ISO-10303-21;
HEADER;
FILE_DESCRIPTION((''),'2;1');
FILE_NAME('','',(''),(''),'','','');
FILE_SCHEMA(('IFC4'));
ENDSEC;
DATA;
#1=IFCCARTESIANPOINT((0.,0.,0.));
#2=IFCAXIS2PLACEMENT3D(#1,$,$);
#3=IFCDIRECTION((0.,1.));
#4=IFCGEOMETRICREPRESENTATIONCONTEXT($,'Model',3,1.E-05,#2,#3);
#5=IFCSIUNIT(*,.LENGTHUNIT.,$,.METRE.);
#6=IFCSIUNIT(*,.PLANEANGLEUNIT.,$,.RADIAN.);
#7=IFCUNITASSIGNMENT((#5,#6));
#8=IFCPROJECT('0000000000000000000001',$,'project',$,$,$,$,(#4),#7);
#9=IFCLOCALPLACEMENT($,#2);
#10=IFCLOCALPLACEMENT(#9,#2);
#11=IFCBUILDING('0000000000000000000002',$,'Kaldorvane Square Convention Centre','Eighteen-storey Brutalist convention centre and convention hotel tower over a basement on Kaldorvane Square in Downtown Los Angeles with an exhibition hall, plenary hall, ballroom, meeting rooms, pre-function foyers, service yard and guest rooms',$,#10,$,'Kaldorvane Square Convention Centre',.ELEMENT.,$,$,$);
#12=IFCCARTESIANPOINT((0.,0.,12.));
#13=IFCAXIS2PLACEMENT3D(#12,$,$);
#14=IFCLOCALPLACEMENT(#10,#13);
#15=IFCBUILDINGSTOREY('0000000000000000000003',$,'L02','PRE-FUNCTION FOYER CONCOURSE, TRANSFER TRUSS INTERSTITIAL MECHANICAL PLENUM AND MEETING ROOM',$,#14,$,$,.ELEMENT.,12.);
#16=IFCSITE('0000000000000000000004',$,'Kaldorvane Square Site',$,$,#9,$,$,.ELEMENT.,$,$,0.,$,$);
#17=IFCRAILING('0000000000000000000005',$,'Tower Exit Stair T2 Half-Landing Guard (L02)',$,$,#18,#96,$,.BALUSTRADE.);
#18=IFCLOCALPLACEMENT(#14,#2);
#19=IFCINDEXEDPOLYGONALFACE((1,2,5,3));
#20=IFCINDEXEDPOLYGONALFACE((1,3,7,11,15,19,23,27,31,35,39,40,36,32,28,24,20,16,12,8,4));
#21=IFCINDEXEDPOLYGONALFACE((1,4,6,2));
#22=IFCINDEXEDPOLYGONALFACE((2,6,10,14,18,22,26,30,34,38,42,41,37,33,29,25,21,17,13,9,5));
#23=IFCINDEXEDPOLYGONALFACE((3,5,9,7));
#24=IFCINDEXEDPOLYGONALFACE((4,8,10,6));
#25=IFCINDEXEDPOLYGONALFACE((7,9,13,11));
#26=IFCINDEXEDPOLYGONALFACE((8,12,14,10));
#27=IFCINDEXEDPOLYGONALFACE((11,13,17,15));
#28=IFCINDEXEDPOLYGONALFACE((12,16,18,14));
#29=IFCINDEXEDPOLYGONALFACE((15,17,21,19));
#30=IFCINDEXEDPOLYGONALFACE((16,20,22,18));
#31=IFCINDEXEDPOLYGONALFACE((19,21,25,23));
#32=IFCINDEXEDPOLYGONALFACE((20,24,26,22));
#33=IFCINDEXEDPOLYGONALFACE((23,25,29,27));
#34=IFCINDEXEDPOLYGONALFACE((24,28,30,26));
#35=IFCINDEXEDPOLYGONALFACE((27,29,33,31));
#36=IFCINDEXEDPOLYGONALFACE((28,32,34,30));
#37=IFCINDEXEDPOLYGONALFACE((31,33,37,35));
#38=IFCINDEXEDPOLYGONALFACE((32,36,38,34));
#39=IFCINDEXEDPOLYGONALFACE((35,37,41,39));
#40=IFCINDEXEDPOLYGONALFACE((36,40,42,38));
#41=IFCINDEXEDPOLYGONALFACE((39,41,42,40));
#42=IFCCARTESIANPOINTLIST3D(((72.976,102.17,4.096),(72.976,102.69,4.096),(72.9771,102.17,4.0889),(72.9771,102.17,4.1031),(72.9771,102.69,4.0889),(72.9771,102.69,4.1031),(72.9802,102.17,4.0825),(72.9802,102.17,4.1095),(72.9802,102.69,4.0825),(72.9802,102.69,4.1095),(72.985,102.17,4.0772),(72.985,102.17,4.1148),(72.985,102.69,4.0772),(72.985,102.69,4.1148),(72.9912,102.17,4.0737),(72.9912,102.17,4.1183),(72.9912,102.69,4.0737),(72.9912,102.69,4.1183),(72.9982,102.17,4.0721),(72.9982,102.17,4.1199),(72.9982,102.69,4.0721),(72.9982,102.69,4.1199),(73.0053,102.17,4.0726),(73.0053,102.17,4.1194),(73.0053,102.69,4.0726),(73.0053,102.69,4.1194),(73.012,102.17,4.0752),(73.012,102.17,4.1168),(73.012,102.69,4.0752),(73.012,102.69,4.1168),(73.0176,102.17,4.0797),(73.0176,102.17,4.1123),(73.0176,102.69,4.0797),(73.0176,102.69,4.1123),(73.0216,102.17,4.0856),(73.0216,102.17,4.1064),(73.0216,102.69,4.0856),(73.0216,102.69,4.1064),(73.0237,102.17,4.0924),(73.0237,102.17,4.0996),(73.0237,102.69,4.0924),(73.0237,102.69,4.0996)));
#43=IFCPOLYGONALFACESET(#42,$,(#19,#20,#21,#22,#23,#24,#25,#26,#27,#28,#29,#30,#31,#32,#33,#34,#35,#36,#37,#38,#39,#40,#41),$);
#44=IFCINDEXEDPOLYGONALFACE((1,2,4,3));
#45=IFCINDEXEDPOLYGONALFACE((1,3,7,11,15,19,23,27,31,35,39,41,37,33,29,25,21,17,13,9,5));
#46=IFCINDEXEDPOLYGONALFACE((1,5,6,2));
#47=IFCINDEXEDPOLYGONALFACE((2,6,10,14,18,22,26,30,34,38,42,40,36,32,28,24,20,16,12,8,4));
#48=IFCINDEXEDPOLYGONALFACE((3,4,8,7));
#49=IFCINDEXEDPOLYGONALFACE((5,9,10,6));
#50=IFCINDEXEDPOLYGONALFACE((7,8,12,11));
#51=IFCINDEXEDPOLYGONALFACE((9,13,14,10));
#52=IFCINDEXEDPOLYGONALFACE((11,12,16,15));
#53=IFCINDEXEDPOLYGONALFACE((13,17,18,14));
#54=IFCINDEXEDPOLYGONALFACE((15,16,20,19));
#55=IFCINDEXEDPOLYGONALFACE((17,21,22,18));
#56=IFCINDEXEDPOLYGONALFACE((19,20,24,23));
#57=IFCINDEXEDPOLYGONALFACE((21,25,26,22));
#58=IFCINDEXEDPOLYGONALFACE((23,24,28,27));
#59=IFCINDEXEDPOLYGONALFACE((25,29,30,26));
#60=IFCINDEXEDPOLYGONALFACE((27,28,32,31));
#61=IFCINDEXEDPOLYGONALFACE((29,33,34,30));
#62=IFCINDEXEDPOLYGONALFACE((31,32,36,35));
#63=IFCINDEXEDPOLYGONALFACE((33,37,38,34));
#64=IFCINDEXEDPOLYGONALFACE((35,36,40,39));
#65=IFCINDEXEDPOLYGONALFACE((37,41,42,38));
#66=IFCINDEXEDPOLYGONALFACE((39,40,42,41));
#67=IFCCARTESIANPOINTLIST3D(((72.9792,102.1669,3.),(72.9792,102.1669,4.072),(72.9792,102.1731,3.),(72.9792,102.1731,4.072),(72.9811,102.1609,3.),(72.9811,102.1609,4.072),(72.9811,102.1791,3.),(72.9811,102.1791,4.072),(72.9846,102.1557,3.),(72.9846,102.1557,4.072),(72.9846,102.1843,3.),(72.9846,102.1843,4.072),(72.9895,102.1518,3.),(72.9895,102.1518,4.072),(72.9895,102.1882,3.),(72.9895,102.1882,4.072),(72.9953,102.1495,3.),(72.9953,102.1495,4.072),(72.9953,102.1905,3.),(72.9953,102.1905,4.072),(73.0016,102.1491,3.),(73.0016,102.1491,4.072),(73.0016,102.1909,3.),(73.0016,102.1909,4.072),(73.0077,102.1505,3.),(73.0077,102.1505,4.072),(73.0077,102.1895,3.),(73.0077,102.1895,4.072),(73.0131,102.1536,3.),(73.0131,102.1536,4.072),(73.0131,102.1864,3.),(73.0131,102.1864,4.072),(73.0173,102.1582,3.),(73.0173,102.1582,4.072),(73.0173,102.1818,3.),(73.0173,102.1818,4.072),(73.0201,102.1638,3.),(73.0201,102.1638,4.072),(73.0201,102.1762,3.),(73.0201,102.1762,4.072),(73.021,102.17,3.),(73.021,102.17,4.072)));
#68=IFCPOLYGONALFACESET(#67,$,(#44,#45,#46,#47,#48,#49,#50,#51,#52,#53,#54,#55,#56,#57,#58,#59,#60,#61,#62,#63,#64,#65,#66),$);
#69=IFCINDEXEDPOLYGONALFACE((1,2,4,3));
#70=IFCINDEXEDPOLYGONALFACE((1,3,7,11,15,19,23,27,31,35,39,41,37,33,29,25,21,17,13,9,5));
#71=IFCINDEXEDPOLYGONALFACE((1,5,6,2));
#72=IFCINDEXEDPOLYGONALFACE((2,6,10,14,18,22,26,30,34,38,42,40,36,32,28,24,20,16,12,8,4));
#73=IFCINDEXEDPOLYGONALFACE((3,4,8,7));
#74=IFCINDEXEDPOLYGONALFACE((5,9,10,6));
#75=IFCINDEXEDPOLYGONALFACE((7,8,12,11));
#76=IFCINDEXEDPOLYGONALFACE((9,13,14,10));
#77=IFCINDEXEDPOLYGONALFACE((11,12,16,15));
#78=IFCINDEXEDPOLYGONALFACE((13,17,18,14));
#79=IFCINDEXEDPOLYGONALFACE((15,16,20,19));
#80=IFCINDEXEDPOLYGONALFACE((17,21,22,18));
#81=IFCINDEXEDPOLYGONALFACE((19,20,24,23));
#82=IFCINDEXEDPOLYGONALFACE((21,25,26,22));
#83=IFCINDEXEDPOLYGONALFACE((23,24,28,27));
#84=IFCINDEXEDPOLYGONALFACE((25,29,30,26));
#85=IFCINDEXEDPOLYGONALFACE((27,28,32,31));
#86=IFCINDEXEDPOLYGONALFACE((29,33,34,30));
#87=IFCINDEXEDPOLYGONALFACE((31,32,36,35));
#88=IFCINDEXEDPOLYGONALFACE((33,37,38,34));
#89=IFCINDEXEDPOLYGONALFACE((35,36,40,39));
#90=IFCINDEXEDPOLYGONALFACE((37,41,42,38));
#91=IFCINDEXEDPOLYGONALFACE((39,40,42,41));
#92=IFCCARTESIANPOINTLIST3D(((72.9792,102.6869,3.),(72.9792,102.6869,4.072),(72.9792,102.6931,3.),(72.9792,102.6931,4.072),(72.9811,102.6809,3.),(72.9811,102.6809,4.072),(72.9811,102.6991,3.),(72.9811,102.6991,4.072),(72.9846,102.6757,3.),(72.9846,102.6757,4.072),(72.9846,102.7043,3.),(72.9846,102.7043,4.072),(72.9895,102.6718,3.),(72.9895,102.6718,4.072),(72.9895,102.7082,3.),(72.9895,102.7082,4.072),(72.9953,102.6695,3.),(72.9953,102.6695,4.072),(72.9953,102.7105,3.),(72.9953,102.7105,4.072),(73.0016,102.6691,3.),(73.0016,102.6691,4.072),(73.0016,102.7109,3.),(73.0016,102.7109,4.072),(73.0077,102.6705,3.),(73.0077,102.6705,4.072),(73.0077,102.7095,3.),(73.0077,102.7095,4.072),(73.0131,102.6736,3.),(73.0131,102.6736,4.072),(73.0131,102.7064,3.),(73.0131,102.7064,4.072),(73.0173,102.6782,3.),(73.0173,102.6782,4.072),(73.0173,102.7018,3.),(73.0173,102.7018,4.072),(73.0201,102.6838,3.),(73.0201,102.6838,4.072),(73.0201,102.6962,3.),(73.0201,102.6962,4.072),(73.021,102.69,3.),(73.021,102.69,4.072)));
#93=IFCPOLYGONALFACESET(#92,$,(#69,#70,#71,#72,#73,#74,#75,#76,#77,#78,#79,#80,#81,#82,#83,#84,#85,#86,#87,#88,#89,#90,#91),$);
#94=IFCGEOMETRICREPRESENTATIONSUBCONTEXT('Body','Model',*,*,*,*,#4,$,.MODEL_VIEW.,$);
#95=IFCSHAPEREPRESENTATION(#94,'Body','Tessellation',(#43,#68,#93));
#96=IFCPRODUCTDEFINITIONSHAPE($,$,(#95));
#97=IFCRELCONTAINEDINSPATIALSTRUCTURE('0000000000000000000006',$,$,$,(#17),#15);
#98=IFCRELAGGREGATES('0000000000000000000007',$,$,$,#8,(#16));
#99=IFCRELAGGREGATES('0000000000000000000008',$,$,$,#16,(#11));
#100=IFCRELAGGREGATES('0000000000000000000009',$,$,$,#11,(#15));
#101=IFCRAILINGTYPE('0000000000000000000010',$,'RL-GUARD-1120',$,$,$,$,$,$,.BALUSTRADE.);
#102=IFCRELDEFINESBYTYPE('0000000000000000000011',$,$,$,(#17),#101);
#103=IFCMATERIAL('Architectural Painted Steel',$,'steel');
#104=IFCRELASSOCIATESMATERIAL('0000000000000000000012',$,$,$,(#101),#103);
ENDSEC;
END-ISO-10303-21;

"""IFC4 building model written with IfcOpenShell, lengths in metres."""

from ifc_helpers import new_model, si_unit, direction, frame, origin, origin_2d, place, context, subcontext, project, spatial, circle, extrude, material, type_object, element, save


model = new_model("IFC4")

# Units and contexts
model_context = context("Model", 3, precision=1e-05, world=origin(), true_north=direction((0.0, 1.0)))
body_context = subcontext(model_context, "Body", "Model", "MODEL_VIEW")
ifc_project = project(units=[si_unit("LENGTHUNIT", "METRE"), si_unit("PLANEANGLEUNIT", "RADIAN")], contexts=[model_context])

# Site, building, storey
site_placement = place(None, origin())
site = spatial("IfcSite", under=ifc_project, at=site_placement, Name="Kaldorvane Square Site", CompositionType="ELEMENT", RefElevation=0.0)
building_placement = place(site_placement, origin())
building = spatial("IfcBuilding", under=site, at=building_placement, Name="Kaldorvane Square Convention Centre", Description="Eighteen-storey Brutalist convention centre and convention hotel tower over a basement on Kaldorvane Square in Downtown Los Angeles with an exhibition hall, plenary hall, ballroom, meeting rooms, pre-function foyers, service yard and guest rooms", LongName="Kaldorvane Square Convention Centre", CompositionType="ELEMENT")
storey_placement = place(building_placement, frame((0.0, 0.0, 12.0)))
storey = spatial("IfcBuildingStorey", under=building, at=storey_placement, Name="L02", Description="PRE-FUNCTION FOYER CONCOURSE, TRANSFER TRUSS INTERSTITIAL MECHANICAL PLENUM AND MEETING ROOM", CompositionType="ELEMENT", Elevation=12.0)

# Railing
ifc_material_1 = material(Name="Architectural Painted Steel", Category="steel")
railing_type_1 = type_object("IfcRailingType", Name="RL-GUARD-1120", PredefinedType="BALUSTRADE", material=ifc_material_1)
for number, where, name in (
    (1, (73.0, 102.17, 3.0), "Tower Exit Stair T2 Half-Landing Guard (L02)"),
):
    element("IfcRailing", number, at=place(storey_placement, frame(where)), inside=storey, type_object=railing_type_1, Name=name, PredefinedType="BALUSTRADE", context=body_context, shape_type="SweptSolid", body=[
        extrude(circle(Radius=0.024, at=origin_2d()), frame((0.0, 0.0, 1.096), z_axis=(0.0, 1.0, 0.0), x_axis=(-1.0, 0.0, 0.0)), (0.0, 0.0, 1.0), 0.52),
        extrude(circle(Radius=0.021, at=origin_2d()), origin(), (0.0, 0.0, 1.0), 1.072),
        extrude(circle(Radius=0.021, at=origin_2d()), frame((0.0, 0.52, 0.0)), (0.0, 0.0, 1.0), 1.072),
    ])

save(model, "model.ifc")
